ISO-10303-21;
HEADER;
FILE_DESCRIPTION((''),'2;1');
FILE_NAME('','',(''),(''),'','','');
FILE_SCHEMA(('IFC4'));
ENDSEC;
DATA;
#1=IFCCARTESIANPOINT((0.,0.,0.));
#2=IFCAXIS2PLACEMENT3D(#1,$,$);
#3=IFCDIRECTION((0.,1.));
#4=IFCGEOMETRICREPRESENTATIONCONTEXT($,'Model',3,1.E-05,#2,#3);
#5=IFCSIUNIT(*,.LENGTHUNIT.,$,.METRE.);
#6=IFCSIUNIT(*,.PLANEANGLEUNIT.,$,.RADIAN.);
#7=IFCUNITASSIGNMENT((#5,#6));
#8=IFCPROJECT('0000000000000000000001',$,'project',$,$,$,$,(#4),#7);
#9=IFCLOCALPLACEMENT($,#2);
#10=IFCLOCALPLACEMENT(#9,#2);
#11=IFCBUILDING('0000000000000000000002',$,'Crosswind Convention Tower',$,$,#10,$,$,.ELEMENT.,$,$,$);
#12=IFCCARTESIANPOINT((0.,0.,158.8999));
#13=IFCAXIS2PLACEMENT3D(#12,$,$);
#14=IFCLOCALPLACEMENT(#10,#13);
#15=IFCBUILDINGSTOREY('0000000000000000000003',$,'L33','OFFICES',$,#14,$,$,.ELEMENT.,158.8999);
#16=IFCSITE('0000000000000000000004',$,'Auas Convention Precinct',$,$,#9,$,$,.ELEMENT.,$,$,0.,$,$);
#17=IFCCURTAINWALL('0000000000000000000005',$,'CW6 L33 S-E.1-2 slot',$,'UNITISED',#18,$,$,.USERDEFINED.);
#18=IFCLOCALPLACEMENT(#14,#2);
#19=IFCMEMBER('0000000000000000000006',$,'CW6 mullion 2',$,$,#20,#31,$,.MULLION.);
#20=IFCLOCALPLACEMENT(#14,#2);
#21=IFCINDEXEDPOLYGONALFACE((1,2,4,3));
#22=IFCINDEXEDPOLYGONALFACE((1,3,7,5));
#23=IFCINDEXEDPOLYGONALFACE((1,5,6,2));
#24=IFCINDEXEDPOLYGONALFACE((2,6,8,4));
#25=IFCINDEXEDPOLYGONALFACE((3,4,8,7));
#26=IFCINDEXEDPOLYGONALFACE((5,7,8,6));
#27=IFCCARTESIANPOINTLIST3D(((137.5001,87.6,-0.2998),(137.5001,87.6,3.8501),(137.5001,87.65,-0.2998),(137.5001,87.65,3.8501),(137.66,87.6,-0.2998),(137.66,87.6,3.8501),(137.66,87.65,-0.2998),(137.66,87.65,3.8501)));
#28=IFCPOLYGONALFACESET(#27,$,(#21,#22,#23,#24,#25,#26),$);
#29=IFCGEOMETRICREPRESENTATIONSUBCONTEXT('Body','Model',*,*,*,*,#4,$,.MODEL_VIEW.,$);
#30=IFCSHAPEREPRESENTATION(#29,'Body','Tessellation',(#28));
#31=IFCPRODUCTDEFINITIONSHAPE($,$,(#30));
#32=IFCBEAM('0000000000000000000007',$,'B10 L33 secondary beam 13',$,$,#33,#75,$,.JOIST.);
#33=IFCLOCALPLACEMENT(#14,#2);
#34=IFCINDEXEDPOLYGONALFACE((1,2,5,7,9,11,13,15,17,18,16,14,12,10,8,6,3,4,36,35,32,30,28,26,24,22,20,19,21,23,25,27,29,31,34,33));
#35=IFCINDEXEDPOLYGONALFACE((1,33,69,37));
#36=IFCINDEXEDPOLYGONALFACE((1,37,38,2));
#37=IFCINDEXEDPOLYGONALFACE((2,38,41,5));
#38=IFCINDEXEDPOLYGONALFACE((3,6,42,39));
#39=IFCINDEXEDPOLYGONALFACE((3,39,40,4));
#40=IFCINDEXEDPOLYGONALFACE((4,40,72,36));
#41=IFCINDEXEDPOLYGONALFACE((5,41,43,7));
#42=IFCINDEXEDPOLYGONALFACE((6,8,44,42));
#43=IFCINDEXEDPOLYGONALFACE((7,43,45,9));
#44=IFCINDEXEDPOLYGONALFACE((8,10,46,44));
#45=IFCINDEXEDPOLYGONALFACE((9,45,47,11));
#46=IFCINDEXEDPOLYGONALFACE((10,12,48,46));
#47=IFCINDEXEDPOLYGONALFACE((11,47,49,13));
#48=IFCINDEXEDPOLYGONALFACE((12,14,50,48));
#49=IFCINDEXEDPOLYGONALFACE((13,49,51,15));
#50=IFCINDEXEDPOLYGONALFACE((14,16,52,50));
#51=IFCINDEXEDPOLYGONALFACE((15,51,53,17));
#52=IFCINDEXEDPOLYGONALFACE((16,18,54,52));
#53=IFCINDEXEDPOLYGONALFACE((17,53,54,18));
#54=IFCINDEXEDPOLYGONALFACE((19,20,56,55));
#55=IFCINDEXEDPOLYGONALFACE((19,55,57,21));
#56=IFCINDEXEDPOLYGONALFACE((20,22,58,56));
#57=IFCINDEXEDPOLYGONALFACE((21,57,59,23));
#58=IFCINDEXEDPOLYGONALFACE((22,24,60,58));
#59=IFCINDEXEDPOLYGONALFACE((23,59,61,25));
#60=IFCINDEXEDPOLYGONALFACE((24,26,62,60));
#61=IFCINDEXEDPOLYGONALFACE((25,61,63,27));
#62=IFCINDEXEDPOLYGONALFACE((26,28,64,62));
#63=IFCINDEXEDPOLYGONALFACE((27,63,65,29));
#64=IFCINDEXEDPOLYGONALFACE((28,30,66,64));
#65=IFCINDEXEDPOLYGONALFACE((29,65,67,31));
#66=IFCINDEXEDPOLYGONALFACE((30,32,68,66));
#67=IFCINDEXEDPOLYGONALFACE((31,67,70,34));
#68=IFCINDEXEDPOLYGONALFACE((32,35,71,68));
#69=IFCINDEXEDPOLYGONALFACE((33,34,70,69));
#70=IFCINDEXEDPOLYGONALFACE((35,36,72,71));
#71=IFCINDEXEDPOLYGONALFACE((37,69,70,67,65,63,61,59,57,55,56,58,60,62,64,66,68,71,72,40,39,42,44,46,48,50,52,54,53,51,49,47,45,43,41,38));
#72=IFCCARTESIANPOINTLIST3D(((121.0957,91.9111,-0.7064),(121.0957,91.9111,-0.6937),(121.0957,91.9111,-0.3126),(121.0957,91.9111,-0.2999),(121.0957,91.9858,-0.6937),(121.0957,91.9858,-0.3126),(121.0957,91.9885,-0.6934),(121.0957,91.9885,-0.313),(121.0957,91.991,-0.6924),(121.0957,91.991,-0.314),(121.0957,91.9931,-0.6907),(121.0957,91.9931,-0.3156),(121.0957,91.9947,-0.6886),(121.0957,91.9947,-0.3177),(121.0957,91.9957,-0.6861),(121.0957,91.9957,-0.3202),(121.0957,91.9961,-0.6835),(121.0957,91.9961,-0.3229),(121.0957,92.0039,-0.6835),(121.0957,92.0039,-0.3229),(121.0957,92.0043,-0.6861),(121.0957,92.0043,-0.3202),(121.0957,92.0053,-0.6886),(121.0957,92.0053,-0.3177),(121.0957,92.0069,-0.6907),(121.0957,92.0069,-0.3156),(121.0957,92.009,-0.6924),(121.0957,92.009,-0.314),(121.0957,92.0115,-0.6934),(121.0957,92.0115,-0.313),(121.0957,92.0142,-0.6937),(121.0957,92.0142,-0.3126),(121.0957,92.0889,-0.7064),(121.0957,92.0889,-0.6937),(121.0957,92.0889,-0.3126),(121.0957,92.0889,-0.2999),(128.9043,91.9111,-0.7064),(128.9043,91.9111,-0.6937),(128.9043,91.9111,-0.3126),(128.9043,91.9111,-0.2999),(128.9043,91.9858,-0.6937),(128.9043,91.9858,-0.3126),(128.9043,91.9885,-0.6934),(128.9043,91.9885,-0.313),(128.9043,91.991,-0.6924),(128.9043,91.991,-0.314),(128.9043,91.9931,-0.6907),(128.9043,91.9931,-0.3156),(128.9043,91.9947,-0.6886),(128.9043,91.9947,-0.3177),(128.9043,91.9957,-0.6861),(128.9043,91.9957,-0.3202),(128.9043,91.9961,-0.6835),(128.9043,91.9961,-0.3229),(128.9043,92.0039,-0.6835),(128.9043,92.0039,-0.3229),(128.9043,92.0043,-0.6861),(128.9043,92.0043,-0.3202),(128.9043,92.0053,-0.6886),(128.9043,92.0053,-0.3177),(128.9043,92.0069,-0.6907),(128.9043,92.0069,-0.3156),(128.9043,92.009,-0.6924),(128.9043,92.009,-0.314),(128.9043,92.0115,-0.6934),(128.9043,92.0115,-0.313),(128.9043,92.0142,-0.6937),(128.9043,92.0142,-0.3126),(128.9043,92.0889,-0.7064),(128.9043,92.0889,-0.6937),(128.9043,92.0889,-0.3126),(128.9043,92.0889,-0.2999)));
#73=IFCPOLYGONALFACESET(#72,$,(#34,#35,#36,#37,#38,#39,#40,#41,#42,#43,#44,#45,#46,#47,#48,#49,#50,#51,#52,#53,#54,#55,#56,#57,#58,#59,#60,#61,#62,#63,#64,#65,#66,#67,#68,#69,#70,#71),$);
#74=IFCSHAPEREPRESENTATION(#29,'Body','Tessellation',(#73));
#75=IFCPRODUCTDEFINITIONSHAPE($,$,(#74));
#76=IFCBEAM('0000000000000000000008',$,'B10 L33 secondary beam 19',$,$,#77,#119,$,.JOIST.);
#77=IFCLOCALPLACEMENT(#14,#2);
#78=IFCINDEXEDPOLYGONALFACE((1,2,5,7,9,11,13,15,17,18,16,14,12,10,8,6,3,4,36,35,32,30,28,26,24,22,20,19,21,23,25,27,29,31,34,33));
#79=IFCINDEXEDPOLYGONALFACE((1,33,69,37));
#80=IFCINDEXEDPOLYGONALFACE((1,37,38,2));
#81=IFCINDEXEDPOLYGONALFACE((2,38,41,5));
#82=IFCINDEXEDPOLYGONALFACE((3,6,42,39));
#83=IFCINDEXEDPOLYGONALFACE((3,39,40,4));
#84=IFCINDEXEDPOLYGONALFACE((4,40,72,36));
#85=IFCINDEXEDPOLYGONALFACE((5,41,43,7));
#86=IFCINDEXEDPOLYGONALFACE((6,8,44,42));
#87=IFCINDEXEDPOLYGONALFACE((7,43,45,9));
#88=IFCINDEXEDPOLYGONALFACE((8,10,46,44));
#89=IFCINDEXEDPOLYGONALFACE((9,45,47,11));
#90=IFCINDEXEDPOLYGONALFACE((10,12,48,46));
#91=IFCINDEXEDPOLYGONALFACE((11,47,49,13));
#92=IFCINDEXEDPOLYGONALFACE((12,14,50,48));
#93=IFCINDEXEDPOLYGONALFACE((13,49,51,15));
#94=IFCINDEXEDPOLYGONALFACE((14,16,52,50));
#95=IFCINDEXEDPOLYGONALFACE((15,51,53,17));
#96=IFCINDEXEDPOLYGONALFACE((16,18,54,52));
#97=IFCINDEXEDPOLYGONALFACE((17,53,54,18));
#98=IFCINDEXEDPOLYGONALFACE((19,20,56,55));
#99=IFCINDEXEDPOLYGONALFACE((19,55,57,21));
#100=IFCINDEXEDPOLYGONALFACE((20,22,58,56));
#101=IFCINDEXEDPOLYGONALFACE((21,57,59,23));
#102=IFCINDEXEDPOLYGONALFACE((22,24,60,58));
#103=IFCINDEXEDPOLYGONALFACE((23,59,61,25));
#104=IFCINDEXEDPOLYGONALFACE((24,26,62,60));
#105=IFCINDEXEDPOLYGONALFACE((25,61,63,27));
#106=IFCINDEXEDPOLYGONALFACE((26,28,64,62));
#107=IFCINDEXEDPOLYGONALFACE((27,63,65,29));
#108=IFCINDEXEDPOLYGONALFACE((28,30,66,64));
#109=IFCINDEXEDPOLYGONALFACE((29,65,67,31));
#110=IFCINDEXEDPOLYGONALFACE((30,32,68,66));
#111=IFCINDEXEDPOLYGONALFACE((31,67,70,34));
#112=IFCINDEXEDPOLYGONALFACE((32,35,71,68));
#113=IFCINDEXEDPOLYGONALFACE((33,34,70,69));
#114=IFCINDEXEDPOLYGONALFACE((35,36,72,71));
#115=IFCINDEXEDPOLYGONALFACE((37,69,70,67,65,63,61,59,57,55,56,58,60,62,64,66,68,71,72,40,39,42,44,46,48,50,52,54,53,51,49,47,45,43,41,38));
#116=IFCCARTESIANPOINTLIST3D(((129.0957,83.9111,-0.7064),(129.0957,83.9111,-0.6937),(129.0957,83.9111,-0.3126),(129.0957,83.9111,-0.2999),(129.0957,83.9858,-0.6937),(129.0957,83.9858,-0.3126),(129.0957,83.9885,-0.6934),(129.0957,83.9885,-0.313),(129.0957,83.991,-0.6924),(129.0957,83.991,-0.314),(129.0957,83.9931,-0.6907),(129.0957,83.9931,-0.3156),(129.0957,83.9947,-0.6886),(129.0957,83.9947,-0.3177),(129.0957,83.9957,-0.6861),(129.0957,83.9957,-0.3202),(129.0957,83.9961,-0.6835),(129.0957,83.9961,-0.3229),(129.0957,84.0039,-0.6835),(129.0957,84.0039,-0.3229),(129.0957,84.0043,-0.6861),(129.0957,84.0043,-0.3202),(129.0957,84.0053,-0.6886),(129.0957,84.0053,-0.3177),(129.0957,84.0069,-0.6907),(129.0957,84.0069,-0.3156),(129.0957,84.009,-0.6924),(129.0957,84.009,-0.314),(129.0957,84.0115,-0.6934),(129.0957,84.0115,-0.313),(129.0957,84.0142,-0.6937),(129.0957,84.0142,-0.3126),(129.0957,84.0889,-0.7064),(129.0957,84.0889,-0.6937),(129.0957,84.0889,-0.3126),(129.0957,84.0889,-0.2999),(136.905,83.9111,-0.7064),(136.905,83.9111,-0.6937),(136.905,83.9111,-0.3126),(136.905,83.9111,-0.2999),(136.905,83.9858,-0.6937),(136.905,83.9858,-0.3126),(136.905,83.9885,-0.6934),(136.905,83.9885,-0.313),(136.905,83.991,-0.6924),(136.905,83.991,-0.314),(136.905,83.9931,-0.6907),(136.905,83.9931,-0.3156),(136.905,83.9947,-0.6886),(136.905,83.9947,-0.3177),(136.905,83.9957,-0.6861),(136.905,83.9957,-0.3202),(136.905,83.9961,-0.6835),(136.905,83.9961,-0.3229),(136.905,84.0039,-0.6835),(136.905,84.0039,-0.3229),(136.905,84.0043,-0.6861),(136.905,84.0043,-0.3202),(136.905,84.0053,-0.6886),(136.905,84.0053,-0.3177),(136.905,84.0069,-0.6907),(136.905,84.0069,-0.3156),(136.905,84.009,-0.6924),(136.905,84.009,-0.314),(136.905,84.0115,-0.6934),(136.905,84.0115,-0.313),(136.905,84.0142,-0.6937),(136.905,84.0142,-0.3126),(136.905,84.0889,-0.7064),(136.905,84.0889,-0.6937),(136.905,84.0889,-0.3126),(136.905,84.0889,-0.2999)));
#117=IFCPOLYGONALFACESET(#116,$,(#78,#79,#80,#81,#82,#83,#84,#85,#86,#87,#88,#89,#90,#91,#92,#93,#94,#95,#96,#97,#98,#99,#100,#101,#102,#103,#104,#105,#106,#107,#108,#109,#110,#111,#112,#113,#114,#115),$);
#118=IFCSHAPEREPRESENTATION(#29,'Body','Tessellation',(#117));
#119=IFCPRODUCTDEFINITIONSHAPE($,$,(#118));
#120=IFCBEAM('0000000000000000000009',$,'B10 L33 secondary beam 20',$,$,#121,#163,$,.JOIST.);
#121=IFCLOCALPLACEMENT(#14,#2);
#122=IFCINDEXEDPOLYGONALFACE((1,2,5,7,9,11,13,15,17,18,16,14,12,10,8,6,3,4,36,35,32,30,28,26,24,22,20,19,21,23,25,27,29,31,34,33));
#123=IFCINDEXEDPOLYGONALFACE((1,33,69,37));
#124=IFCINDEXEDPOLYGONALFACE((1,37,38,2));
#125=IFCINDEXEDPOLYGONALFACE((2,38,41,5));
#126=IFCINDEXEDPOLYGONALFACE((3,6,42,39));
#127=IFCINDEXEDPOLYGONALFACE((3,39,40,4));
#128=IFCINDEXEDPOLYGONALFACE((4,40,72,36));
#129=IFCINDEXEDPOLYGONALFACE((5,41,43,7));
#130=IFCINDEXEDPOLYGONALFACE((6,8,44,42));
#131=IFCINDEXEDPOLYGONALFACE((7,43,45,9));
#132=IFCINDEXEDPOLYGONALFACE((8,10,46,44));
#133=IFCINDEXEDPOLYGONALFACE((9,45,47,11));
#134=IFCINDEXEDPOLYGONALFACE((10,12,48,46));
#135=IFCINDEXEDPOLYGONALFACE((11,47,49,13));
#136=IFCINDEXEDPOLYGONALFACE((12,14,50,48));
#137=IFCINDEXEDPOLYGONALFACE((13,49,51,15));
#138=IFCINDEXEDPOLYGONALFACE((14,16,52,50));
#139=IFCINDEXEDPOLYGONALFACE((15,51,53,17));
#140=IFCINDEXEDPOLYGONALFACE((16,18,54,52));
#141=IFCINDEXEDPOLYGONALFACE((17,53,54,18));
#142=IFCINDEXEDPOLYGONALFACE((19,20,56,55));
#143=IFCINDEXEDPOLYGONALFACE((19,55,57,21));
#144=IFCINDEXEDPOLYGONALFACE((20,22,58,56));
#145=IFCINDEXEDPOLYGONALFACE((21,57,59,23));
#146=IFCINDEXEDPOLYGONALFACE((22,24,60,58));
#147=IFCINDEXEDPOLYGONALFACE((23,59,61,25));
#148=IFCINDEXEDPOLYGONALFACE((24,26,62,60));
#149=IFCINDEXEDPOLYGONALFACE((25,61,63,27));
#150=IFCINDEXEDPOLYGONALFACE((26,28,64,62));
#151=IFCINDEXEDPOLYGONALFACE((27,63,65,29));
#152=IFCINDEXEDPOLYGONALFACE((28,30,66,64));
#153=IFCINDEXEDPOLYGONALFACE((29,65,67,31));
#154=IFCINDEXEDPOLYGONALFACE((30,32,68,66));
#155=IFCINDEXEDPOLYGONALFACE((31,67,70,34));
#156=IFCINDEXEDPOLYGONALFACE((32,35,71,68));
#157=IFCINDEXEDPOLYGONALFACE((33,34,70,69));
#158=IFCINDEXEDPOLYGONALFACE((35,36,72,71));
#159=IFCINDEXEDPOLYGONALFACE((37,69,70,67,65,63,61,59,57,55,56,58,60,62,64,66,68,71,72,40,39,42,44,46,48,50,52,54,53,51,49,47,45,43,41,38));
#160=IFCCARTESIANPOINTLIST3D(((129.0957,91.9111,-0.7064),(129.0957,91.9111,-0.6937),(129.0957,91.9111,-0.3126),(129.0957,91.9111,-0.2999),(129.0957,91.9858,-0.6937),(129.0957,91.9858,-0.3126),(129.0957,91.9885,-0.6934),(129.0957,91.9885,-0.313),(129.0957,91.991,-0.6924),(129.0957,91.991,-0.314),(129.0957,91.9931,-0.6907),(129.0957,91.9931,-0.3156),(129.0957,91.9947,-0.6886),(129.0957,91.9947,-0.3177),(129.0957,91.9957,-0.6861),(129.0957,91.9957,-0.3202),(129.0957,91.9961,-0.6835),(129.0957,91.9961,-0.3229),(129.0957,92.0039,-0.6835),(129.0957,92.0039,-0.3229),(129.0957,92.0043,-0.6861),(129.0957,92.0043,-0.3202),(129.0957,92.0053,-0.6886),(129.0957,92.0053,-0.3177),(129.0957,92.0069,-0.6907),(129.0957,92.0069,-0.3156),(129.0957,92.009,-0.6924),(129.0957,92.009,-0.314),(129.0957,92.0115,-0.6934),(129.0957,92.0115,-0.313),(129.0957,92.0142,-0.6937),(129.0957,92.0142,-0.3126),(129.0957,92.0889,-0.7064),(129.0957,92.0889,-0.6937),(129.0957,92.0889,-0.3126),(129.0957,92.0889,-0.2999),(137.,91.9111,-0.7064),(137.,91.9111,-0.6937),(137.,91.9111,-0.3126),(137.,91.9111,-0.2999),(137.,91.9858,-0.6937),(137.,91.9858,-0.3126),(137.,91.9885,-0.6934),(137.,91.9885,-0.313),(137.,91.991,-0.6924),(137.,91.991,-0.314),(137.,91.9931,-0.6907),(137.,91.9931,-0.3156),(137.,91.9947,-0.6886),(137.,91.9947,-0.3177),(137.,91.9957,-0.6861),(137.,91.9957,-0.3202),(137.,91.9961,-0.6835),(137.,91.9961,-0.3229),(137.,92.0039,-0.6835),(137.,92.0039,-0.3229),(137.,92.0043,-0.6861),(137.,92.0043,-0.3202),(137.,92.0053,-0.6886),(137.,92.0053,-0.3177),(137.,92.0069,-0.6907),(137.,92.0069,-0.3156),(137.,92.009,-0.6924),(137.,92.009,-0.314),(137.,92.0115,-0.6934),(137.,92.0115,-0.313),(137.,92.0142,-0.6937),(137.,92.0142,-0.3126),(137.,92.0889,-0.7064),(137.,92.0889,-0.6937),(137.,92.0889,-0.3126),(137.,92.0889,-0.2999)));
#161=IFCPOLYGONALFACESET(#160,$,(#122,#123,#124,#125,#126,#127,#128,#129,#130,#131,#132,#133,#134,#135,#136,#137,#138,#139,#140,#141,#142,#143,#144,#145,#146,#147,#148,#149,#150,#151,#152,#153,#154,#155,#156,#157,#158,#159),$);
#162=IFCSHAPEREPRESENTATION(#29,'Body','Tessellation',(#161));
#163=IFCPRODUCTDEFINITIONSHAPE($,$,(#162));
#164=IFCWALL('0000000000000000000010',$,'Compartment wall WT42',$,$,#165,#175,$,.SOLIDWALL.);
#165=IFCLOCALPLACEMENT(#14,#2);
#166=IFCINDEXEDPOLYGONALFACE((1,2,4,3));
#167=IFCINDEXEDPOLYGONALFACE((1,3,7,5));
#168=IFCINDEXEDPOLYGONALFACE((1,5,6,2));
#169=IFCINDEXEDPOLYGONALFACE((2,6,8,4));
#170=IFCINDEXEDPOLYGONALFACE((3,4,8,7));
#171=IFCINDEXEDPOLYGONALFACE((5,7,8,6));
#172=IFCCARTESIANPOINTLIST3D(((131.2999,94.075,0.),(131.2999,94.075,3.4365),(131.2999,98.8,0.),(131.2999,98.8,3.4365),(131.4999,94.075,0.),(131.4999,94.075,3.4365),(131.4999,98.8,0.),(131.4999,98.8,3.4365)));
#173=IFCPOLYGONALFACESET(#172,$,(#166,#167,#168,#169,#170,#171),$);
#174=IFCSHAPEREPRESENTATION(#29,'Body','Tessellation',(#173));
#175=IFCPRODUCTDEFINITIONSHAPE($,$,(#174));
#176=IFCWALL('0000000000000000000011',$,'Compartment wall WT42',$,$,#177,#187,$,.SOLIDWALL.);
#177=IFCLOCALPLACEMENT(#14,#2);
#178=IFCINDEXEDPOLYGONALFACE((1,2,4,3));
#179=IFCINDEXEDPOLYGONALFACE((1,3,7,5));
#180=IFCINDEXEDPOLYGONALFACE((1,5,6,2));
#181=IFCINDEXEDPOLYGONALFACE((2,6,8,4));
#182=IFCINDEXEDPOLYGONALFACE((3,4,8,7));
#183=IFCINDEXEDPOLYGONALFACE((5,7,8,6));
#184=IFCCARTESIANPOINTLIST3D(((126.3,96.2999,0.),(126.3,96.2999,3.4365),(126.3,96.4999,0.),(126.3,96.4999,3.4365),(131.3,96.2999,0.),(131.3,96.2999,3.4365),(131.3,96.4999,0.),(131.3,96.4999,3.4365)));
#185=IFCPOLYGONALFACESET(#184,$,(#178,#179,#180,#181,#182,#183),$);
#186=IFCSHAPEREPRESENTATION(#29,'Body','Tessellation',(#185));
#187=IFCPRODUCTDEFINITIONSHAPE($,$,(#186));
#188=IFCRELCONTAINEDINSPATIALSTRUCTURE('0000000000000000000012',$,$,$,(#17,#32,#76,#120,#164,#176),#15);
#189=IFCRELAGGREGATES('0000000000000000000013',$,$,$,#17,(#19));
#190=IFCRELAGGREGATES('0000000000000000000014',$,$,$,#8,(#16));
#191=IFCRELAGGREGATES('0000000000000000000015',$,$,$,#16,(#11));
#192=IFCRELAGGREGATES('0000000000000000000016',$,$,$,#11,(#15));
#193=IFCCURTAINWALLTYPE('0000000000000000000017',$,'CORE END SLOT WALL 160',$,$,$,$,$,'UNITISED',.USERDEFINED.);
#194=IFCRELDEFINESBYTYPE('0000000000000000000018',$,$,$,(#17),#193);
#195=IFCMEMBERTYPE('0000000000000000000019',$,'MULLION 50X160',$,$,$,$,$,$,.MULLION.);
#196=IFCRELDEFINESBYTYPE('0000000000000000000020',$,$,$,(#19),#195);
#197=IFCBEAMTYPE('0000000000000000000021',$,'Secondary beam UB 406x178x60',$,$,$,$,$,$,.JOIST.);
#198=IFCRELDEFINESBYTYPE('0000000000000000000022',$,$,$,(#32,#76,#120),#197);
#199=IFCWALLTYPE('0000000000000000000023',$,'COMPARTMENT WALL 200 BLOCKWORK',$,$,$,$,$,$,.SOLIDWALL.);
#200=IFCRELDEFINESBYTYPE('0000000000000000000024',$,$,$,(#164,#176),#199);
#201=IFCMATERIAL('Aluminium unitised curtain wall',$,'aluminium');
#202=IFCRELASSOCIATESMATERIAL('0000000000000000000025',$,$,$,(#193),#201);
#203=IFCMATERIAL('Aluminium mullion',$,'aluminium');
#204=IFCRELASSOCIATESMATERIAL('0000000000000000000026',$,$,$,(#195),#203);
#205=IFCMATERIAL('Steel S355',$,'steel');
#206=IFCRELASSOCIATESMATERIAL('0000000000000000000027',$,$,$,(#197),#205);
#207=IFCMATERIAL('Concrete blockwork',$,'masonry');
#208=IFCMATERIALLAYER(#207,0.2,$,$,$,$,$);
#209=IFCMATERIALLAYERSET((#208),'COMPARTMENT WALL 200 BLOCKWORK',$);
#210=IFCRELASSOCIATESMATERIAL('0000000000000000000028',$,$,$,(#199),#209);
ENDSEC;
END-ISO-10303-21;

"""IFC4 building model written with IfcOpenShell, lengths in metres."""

from ifc_helpers import new_model, si_unit, direction, frame, frame_2d, origin, origin_2d, place, context, subcontext, project, spatial, rectangle, i_section, extrude, material, layer, layer_set, material_profile, profile_set, type_object, element, aggregate, save


model = new_model("IFC4")

# Units and contexts
model_context = context("Model", 3, precision=1e-05, world=origin(), true_north=direction((0.0, 1.0)))
body_context = subcontext(model_context, "Body", "Model", "MODEL_VIEW")
ifc_project = project(units=[si_unit("LENGTHUNIT", "METRE"), si_unit("PLANEANGLEUNIT", "RADIAN")], contexts=[model_context])

# Site, building, storey
site_placement = place(None, origin())
site = spatial("IfcSite", under=ifc_project, at=site_placement, Name="Auas Convention Precinct", CompositionType="ELEMENT", RefElevation=0.0)
building_placement = place(site_placement, origin())
building = spatial("IfcBuilding", under=site, at=building_placement, Name="Crosswind Convention Tower", CompositionType="ELEMENT")
storey_placement = place(building_placement, frame((0.0, 0.0, 158.8999)))
storey = spatial("IfcBuildingStorey", under=building, at=storey_placement, Name="L33", Description="OFFICES", CompositionType="ELEMENT", Elevation=158.8999)

# Shared definitions
ifc_material_1 = material(Name="Steel S355", Category="steel")

# Curtain wall, member
ifc_material_2 = material(Name="Aluminium unitised curtain wall", Category="aluminium")
curtain_wall_type = type_object("IfcCurtainWallType", Name="CORE END SLOT WALL 160", ElementType="UNITISED", PredefinedType="USERDEFINED", material=ifc_material_2)
curtain_wall_placement = place(storey_placement, origin())
curtain_wall = element("IfcCurtainWall", 1, at=curtain_wall_placement, inside=storey, type_object=curtain_wall_type, Name="CW6 L33 S-E.1-2 slot", ObjectType="UNITISED", PredefinedType="USERDEFINED")
ifc_material_3 = material(Name="Aluminium mullion", Category="aluminium")
ifc_material_profile_1 = material_profile(ifc_material_3, rectangle(XDim=0.1599, YDim=0.05, at=origin_2d()), Name="AL 160X50")
ifc_profile_set_1 = profile_set([ifc_material_profile_1], Name="Aluminium mullion")
member_type = type_object("IfcMemberType", Name="MULLION 50X160", PredefinedType="MULLION", material=ifc_profile_set_1)
member_placement = place(storey_placement, frame((137.5801, 87.625, -0.2998), z_axis=(0.0, 0.0, 1.0), x_axis=(1.0, 0.0, 0.0)))
member = element("IfcMember", 2, at=member_placement, type_object=member_type, Name="CW6 mullion 2", PredefinedType="MULLION", context=body_context, shape_type="SweptSolid", body=[
    extrude(rectangle(XDim=0.1599, YDim=0.05, at=origin_2d()), origin(), (0.0, 0.0, 1.0), 4.1499),
])
aggregate(curtain_wall, [member])

# Beams
ifc_material_profile_2 = material_profile(ifc_material_1, i_section(OverallWidth=0.1777, OverallDepth=0.4065, WebThickness=0.0078, FlangeThickness=0.0127, FilletRadius=0.0103, at=origin_2d()), Name="UB 406x178x60")
ifc_profile_set_2 = profile_set([ifc_material_profile_2], Name="Steel S355")
beam_type_1 = type_object("IfcBeamType", Name="Secondary beam UB 406x178x60", PredefinedType="JOIST", material=ifc_profile_set_2)
beam_1_placement = place(storey_placement, frame((121.0957, 92.0, -0.5032), z_axis=(1.0, 0.0, 0.0), x_axis=(0.0, 1.0, 0.0)))
element("IfcBeam", 3, at=beam_1_placement, inside=storey, type_object=beam_type_1, Name="B10 L33 secondary beam 13", PredefinedType="JOIST", context=body_context, shape_type="SweptSolid", body=[
    extrude(i_section(OverallWidth=0.1777, OverallDepth=0.4065, WebThickness=0.0078, FlangeThickness=0.0127, FilletRadius=0.0103, at=origin_2d()), origin(), (0.0, 0.0, 1.0), 7.8086),
])
beam_2_placement = place(storey_placement, frame((129.0957, 84.0, -0.5032), z_axis=(1.0, 0.0, 0.0), x_axis=(0.0, 1.0, 0.0)))
element("IfcBeam", 4, at=beam_2_placement, inside=storey, type_object=beam_type_1, Name="B10 L33 secondary beam 19", PredefinedType="JOIST", context=body_context, shape_type="SweptSolid", body=[
    extrude(i_section(OverallWidth=0.1777, OverallDepth=0.4065, WebThickness=0.0078, FlangeThickness=0.0127, FilletRadius=0.0103, at=origin_2d()), origin(), (0.0, 0.0, 1.0), 7.8093),
])
beam_3_placement = place(storey_placement, frame((129.0957, 92.0, -0.5032), z_axis=(1.0, 0.0, 0.0), x_axis=(0.0, 1.0, 0.0)))
element("IfcBeam", 5, at=beam_3_placement, inside=storey, type_object=beam_type_1, Name="B10 L33 secondary beam 20", PredefinedType="JOIST", context=body_context, shape_type="SweptSolid", body=[
    extrude(i_section(OverallWidth=0.1777, OverallDepth=0.4065, WebThickness=0.0078, FlangeThickness=0.0127, FilletRadius=0.0103, at=origin_2d()), origin(), (0.0, 0.0, 1.0), 7.9043),
])

# Walls
ifc_material_4 = material(Name="Concrete blockwork", Category="masonry")
ifc_layer_1 = layer(ifc_material_4, 0.2)
ifc_layer_set_1 = layer_set([ifc_layer_1], Name="COMPARTMENT WALL 200 BLOCKWORK")
wall_type_1 = type_object("IfcWallType", Name="COMPARTMENT WALL 200 BLOCKWORK", PredefinedType="SOLIDWALL", material=ifc_layer_set_1)
wall_1_placement = place(storey_placement, frame((131.3999, 94.075, 0.0), z_axis=(0.0, 0.0, 1.0), x_axis=(0.0, 1.0, 0.0)))
element("IfcWall", 6, at=wall_1_placement, inside=storey, type_object=wall_type_1, Name="Compartment wall WT42", PredefinedType="SOLIDWALL", context=body_context, shape_type="SweptSolid", body=[
    extrude(rectangle(XDim=4.7251, YDim=0.2, at=frame_2d((2.3625, 0.0))), origin(), (0.0, 0.0, 1.0), 3.4365),
])
wall_2_placement = place(storey_placement, frame((126.3, 96.3999, 0.0), z_axis=(0.0, 0.0, 1.0), x_axis=(1.0, 0.0, 0.0)))
element("IfcWall", 7, at=wall_2_placement, inside=storey, type_object=wall_type_1, Name="Compartment wall WT42", PredefinedType="SOLIDWALL", context=body_context, shape_type="SweptSolid", body=[
    extrude(rectangle(XDim=5.0, YDim=0.2, at=frame_2d((2.5, 0.0))), origin(), (0.0, 0.0, 1.0), 3.4365),
])

save(model, "model.ifc")
